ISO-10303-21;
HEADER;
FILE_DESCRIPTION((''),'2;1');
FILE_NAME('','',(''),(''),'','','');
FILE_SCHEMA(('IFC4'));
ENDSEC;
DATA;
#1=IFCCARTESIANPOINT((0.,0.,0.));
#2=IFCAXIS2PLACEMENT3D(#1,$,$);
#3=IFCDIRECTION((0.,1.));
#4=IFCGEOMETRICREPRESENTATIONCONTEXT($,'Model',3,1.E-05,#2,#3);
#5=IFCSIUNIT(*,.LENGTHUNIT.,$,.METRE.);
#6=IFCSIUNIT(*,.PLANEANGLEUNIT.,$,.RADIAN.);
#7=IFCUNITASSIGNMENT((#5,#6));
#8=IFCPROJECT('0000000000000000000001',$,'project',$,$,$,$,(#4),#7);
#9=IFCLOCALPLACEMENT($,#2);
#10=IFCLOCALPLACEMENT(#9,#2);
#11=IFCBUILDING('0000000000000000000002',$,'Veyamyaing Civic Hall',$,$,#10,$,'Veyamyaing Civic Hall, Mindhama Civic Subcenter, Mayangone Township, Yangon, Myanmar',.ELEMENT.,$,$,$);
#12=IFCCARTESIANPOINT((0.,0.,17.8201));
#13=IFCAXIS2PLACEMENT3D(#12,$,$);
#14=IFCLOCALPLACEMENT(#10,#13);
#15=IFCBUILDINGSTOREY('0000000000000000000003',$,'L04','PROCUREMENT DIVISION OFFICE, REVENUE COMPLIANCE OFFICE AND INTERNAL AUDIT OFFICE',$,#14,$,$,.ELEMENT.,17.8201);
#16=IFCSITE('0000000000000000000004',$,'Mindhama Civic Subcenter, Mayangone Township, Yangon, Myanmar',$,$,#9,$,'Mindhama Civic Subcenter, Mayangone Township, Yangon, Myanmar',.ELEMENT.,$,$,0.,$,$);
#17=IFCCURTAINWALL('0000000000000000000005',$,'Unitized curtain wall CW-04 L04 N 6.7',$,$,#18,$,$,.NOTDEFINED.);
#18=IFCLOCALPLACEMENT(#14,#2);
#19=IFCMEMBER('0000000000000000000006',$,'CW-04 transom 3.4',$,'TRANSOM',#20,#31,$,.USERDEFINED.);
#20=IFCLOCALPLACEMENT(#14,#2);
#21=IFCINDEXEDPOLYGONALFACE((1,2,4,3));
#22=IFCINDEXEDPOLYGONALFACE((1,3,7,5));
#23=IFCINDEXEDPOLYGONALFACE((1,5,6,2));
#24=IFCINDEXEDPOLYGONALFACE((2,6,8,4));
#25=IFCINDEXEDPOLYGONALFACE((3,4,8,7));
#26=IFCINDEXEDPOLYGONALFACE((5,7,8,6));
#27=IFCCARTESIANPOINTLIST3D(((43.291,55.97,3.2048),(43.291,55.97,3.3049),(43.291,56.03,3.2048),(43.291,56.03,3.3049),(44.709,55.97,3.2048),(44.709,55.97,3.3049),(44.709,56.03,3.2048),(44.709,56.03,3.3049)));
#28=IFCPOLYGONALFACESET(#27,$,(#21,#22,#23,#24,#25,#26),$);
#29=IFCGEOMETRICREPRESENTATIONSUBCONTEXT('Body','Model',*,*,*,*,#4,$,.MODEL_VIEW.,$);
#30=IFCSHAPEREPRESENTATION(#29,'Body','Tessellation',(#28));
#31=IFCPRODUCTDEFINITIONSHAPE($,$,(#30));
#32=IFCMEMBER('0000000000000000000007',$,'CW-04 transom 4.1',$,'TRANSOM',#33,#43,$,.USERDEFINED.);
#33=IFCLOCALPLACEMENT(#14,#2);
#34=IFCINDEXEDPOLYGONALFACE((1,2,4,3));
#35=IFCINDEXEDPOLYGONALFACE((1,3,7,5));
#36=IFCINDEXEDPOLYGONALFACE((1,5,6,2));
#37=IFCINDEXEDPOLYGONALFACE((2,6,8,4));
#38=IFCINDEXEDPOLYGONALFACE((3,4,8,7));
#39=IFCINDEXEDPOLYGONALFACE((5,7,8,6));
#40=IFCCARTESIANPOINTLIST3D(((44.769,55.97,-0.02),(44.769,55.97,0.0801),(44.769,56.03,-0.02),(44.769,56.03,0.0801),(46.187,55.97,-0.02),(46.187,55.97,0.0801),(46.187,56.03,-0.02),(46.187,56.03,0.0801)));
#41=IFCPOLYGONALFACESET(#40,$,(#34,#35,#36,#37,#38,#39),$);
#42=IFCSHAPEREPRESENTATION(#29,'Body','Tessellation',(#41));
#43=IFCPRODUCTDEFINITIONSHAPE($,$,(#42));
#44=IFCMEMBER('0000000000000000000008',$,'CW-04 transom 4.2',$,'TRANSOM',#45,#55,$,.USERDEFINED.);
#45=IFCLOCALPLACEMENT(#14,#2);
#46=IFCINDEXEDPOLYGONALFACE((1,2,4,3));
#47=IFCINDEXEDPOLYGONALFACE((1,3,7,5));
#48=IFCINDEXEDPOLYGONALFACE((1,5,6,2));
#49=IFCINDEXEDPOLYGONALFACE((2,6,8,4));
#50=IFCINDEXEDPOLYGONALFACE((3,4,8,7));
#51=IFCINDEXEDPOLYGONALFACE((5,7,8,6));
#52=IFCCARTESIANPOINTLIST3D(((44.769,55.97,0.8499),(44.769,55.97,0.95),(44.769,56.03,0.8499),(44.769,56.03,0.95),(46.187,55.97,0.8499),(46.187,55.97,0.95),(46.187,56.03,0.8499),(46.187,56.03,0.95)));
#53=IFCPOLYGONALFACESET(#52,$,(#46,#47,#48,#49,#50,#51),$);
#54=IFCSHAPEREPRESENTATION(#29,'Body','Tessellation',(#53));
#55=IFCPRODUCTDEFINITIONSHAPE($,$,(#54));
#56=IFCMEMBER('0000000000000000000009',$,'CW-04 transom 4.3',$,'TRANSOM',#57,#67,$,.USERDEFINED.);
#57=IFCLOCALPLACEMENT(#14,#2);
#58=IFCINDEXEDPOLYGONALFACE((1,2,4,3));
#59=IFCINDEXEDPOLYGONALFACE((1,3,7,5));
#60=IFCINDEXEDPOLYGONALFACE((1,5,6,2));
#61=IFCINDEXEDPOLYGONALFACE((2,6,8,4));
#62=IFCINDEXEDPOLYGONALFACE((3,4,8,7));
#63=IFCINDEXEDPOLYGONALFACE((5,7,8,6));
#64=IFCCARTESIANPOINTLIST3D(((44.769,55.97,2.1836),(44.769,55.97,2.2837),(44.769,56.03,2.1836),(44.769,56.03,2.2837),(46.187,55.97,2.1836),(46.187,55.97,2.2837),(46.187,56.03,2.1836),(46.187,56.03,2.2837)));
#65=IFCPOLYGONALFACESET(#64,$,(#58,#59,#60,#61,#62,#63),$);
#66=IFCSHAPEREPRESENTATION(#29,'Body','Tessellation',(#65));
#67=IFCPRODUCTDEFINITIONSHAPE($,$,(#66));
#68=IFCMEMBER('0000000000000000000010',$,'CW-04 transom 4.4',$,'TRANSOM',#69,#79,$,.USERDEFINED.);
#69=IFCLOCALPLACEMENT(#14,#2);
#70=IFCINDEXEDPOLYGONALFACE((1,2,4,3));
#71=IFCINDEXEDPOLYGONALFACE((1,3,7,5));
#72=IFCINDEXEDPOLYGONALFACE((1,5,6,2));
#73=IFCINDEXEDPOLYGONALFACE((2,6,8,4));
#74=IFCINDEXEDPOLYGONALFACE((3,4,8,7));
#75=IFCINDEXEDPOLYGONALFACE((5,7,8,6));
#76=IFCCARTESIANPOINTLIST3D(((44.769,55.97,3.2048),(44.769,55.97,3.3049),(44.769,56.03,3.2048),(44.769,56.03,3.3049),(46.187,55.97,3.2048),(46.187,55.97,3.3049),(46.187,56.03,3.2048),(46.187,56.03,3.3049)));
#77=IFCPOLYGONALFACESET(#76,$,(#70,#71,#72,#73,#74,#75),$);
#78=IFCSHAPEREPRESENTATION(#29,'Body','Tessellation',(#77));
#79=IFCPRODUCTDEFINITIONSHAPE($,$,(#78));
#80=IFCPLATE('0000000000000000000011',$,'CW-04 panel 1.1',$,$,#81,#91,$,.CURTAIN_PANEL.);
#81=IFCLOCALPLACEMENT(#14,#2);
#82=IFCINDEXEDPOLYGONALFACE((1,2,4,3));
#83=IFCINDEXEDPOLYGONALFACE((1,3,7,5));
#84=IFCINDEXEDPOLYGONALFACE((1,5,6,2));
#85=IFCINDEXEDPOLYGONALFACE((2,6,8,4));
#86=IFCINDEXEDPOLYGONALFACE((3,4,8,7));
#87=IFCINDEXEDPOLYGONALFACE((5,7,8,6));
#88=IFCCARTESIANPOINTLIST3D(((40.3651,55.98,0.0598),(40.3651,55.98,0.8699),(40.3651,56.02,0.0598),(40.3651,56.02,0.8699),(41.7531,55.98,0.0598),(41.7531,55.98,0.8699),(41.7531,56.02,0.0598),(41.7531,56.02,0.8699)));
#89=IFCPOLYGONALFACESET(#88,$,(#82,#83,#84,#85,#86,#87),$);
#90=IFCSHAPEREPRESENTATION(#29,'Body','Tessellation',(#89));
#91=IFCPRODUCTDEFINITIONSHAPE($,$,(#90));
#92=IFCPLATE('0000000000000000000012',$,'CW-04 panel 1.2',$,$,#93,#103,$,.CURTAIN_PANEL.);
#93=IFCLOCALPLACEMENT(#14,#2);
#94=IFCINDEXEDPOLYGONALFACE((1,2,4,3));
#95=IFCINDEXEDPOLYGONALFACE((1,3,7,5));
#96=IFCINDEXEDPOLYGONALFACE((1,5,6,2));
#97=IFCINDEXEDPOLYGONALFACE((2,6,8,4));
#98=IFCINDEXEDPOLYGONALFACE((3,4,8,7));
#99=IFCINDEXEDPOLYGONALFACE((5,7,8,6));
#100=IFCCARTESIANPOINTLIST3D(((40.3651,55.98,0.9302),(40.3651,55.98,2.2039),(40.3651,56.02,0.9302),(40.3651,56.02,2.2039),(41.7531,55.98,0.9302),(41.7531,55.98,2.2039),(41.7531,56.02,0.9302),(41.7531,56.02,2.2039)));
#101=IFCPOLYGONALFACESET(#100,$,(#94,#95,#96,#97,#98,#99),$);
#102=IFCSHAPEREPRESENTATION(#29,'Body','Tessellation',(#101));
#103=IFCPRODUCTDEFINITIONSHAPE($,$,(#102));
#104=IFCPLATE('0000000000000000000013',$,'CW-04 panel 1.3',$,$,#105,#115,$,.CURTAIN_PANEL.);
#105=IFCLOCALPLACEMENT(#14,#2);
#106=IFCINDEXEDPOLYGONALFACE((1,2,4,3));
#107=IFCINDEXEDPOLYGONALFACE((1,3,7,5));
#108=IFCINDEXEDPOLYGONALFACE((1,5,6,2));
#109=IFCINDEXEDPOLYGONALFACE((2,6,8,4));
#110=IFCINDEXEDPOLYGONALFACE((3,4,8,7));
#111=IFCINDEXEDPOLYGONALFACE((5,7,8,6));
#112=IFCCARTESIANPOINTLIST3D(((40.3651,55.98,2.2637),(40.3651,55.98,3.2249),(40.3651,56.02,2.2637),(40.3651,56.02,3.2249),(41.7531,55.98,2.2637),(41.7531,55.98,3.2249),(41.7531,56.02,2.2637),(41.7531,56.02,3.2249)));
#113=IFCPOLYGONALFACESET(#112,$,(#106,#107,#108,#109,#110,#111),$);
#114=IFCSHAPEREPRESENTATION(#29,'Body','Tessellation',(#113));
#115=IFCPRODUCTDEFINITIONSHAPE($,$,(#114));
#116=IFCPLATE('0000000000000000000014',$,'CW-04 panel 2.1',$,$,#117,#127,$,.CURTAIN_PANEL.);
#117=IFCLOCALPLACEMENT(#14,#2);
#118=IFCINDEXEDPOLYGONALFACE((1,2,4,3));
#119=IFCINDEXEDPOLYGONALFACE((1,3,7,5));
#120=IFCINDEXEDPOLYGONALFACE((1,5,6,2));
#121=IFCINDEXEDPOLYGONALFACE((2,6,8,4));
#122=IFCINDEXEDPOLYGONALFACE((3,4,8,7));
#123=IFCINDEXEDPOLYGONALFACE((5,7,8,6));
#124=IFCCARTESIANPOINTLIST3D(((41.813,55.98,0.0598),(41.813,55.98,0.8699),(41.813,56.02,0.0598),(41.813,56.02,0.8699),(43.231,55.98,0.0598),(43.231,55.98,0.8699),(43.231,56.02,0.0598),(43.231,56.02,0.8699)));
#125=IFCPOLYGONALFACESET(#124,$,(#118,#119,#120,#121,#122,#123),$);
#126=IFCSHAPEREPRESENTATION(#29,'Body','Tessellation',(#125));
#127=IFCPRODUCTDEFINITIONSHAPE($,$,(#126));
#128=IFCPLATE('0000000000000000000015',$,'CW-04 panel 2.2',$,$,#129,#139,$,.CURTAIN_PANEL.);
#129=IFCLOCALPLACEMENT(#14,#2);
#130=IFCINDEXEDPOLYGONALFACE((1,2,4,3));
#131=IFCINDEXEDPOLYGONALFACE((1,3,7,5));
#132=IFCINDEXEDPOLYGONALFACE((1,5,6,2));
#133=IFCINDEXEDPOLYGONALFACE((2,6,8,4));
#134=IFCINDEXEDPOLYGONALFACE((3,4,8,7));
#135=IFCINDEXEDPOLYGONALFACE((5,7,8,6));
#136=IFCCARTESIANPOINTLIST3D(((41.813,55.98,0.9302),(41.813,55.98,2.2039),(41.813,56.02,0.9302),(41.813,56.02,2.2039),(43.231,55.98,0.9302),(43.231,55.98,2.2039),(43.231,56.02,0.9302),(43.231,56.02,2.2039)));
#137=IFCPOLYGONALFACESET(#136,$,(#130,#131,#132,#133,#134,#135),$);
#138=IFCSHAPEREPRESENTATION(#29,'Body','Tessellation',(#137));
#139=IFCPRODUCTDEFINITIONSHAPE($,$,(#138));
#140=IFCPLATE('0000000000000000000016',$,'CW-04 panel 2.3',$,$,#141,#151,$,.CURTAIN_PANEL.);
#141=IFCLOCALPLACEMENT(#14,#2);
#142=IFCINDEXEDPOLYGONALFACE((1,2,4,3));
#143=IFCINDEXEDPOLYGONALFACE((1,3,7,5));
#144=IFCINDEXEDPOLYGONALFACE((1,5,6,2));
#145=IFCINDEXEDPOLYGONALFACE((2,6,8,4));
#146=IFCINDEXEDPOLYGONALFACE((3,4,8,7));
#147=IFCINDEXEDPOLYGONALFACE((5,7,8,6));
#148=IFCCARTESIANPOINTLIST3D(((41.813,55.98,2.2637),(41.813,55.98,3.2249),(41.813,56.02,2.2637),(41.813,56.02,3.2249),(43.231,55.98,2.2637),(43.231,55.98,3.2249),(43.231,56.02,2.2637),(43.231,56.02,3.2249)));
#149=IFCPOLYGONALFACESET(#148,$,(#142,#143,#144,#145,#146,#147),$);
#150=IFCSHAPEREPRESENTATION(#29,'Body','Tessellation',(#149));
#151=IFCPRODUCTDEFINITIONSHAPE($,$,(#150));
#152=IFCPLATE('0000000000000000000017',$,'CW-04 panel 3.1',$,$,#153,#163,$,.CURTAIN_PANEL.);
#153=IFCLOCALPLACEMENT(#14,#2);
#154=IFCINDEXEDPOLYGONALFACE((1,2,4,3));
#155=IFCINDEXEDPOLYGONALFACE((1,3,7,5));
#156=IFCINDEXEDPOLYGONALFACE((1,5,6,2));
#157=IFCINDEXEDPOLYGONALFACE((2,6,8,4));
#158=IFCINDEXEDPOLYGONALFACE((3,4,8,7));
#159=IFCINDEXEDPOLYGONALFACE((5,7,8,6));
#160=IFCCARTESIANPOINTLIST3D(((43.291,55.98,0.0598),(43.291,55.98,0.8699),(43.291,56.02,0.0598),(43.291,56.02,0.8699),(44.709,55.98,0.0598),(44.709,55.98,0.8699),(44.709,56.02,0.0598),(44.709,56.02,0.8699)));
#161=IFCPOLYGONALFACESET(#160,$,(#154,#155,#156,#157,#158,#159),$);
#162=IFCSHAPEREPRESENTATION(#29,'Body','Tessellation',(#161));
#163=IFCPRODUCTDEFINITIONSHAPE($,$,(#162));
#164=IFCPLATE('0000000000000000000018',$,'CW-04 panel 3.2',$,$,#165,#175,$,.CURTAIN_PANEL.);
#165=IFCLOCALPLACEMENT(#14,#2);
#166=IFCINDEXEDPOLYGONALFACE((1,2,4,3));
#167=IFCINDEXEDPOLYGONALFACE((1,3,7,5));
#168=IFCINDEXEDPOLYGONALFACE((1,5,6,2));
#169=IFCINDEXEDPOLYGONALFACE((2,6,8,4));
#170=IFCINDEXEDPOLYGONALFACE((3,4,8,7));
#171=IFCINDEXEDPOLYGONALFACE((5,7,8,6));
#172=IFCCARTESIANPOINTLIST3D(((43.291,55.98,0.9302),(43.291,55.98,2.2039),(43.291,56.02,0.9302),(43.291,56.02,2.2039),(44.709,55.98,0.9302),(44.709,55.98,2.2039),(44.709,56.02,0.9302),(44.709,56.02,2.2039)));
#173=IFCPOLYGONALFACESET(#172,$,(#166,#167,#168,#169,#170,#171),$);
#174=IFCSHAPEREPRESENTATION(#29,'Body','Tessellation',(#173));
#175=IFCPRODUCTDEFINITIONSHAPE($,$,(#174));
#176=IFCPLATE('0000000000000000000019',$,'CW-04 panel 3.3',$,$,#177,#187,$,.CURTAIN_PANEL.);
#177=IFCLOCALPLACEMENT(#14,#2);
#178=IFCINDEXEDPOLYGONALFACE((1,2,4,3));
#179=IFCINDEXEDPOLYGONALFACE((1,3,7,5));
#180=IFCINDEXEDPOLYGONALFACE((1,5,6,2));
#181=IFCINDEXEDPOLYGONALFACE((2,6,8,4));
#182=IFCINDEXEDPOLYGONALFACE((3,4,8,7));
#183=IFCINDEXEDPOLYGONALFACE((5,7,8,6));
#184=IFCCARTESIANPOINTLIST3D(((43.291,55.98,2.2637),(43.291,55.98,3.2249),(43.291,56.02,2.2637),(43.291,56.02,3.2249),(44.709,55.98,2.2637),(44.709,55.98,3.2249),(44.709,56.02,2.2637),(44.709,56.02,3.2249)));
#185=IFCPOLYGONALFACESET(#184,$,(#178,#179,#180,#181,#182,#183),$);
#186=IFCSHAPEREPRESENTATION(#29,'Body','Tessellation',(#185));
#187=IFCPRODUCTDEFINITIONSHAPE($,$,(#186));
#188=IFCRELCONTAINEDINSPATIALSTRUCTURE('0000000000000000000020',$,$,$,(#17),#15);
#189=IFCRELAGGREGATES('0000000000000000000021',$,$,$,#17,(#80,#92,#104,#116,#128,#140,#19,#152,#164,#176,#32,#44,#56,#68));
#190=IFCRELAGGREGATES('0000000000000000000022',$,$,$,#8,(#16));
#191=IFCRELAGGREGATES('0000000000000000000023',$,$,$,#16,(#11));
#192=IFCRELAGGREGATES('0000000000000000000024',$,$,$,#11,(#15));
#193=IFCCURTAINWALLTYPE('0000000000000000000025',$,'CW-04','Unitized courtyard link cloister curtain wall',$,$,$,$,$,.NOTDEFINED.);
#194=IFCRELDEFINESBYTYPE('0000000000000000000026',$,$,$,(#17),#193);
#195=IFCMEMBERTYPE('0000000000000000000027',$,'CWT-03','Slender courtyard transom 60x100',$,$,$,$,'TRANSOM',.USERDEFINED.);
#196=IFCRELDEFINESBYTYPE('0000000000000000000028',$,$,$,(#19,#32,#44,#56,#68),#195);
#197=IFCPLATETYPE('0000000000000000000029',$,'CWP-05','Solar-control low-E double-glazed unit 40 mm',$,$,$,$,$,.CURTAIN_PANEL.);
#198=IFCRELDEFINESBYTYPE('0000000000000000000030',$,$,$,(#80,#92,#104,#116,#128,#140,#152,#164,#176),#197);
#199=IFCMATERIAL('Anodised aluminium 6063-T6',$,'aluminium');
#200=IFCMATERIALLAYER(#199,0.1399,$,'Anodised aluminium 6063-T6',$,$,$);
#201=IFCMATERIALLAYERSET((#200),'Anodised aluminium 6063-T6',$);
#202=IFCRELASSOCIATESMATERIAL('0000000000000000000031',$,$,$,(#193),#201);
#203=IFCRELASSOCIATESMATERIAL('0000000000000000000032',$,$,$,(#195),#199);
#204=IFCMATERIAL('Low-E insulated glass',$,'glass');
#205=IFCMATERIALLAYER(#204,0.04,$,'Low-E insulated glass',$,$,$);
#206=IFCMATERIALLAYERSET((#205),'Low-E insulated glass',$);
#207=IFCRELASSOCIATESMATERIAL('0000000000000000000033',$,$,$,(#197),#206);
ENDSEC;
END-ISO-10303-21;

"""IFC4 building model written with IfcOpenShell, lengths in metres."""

from ifc_helpers import new_model, si_unit, direction, frame, origin, origin_2d, place, context, subcontext, project, spatial, rectangle, extrude, material, layer, layer_set, material_profile, profile_set, type_object, element, aggregate, save


model = new_model("IFC4")

# Units and contexts
model_context = context("Model", 3, precision=1e-05, world=origin(), true_north=direction((0.0, 1.0)))
body_context = subcontext(model_context, "Body", "Model", "MODEL_VIEW")
ifc_project = project(units=[si_unit("LENGTHUNIT", "METRE"), si_unit("PLANEANGLEUNIT", "RADIAN")], contexts=[model_context])

# Site, building, storey
site_placement = place(None, origin())
site = spatial("IfcSite", under=ifc_project, at=site_placement, Name="Mindhama Civic Subcenter, Mayangone Township, Yangon, Myanmar", LongName="Mindhama Civic Subcenter, Mayangone Township, Yangon, Myanmar", CompositionType="ELEMENT", RefElevation=0.0)
building_placement = place(site_placement, origin())
building = spatial("IfcBuilding", under=site, at=building_placement, Name="Veyamyaing Civic Hall", LongName="Veyamyaing Civic Hall, Mindhama Civic Subcenter, Mayangone Township, Yangon, Myanmar", CompositionType="ELEMENT")
storey_placement = place(building_placement, frame((0.0, 0.0, 17.8201)))
storey = spatial("IfcBuildingStorey", under=building, at=storey_placement, Name="L04", Description="PROCUREMENT DIVISION OFFICE, REVENUE COMPLIANCE OFFICE AND INTERNAL AUDIT OFFICE", CompositionType="ELEMENT", Elevation=17.8201)

# Curtain wall
ifc_material_1 = material(Name="Anodised aluminium 6063-T6", Category="aluminium")
ifc_layer_1 = layer(ifc_material_1, 0.1399, Name="Anodised aluminium 6063-T6")
ifc_layer_set_1 = layer_set([ifc_layer_1], Name="Anodised aluminium 6063-T6")
curtain_wall_type = type_object("IfcCurtainWallType", Name="CW-04", Description="Unitized courtyard link cloister curtain wall", PredefinedType="NOTDEFINED", material=ifc_layer_set_1)
curtain_wall_1_placement = place(storey_placement, origin())
curtain_wall_1 = element("IfcCurtainWall", 1, at=curtain_wall_1_placement, inside=storey, type_object=curtain_wall_type, Name="Unitized curtain wall CW-04 L04 N 6.7", PredefinedType="NOTDEFINED")

# Shared definitions
ifc_material_profile_1 = material_profile(ifc_material_1, rectangle(XDim=0.0601, YDim=0.1001, at=origin_2d()), Name="ALU-TRN-60X100")
ifc_profile_set_1 = profile_set([ifc_material_profile_1], Name="Anodised aluminium 6063-T6")
member_type_1 = type_object("IfcMemberType", Name="CWT-03", Description="Slender courtyard transom 60x100", ElementType="TRANSOM", PredefinedType="USERDEFINED", material=ifc_profile_set_1)

# Members
member_1_placement = place(storey_placement, frame((43.291, 56.0, 3.2549), z_axis=(1.0, 0.0, 0.0), x_axis=(0.0, 1.0, 0.0)))
member_1 = element("IfcMember", 2, at=member_1_placement, type_object=member_type_1, Name="CW-04 transom 3.4", ObjectType="TRANSOM", PredefinedType="USERDEFINED", context=body_context, shape_type="SweptSolid", body=[
    extrude(rectangle(XDim=0.0601, YDim=0.1001, at=origin_2d()), origin(), (0.0, 0.0, 1.0), 1.418),
])
member_2_placement = place(storey_placement, frame((44.769, 56.0, 0.03), z_axis=(1.0, 0.0, 0.0), x_axis=(0.0, 1.0, 0.0)))
member_2 = element("IfcMember", 3, at=member_2_placement, type_object=member_type_1, Name="CW-04 transom 4.1", ObjectType="TRANSOM", PredefinedType="USERDEFINED", context=body_context, shape_type="SweptSolid", body=[
    extrude(rectangle(XDim=0.0601, YDim=0.1001, at=origin_2d()), origin(), (0.0, 0.0, 1.0), 1.418),
])
member_3_placement = place(storey_placement, frame((44.769, 56.0, 0.8999), z_axis=(1.0, 0.0, 0.0), x_axis=(0.0, 1.0, 0.0)))
member_3 = element("IfcMember", 4, at=member_3_placement, type_object=member_type_1, Name="CW-04 transom 4.2", ObjectType="TRANSOM", PredefinedType="USERDEFINED", context=body_context, shape_type="SweptSolid", body=[
    extrude(rectangle(XDim=0.0601, YDim=0.1001, at=origin_2d()), origin(), (0.0, 0.0, 1.0), 1.418),
])
member_4_placement = place(storey_placement, frame((44.769, 56.0, 2.2336), z_axis=(1.0, 0.0, 0.0), x_axis=(0.0, 1.0, 0.0)))
member_4 = element("IfcMember", 5, at=member_4_placement, type_object=member_type_1, Name="CW-04 transom 4.3", ObjectType="TRANSOM", PredefinedType="USERDEFINED", context=body_context, shape_type="SweptSolid", body=[
    extrude(rectangle(XDim=0.0601, YDim=0.1001, at=origin_2d()), origin(), (0.0, 0.0, 1.0), 1.418),
])
member_5_placement = place(storey_placement, frame((44.769, 56.0, 3.2549), z_axis=(1.0, 0.0, 0.0), x_axis=(0.0, 1.0, 0.0)))
member_5 = element("IfcMember", 6, at=member_5_placement, type_object=member_type_1, Name="CW-04 transom 4.4", ObjectType="TRANSOM", PredefinedType="USERDEFINED", context=body_context, shape_type="SweptSolid", body=[
    extrude(rectangle(XDim=0.0601, YDim=0.1001, at=origin_2d()), origin(), (0.0, 0.0, 1.0), 1.418),
])

# Plates
ifc_material_2 = material(Name="Low-E insulated glass", Category="glass")
ifc_layer_2 = layer(ifc_material_2, 0.04, Name="Low-E insulated glass")
ifc_layer_set_2 = layer_set([ifc_layer_2], Name="Low-E insulated glass")
plate_type = type_object("IfcPlateType", Name="CWP-05", Description="Solar-control low-E double-glazed unit 40 mm", PredefinedType="CURTAIN_PANEL", material=ifc_layer_set_2)
plate_1_placement = place(storey_placement, frame((41.0591, 56.0, 0.0598), z_axis=(0.0, 0.0, 1.0), x_axis=(1.0, 0.0, 0.0)))
plate_1 = element("IfcPlate", 7, at=plate_1_placement, type_object=plate_type, Name="CW-04 panel 1.1", PredefinedType="CURTAIN_PANEL", context=body_context, shape_type="SweptSolid", body=[
    extrude(rectangle(XDim=1.3879, YDim=0.04, at=origin_2d()), origin(), (0.0, 0.0, 1.0), 0.8101),
])
plate_2_placement = place(storey_placement, frame((41.0591, 56.0, 0.9302), z_axis=(0.0, 0.0, 1.0), x_axis=(1.0, 0.0, 0.0)))
plate_2 = element("IfcPlate", 8, at=plate_2_placement, type_object=plate_type, Name="CW-04 panel 1.2", PredefinedType="CURTAIN_PANEL", context=body_context, shape_type="SweptSolid", body=[
    extrude(rectangle(XDim=1.3879, YDim=0.04, at=origin_2d()), origin(), (0.0, 0.0, 1.0), 1.2737),
])
plate_3_placement = place(storey_placement, frame((41.0591, 56.0, 2.2637), z_axis=(0.0, 0.0, 1.0), x_axis=(1.0, 0.0, 0.0)))
plate_3 = element("IfcPlate", 9, at=plate_3_placement, type_object=plate_type, Name="CW-04 panel 1.3", PredefinedType="CURTAIN_PANEL", context=body_context, shape_type="SweptSolid", body=[
    extrude(rectangle(XDim=1.3879, YDim=0.04, at=origin_2d()), origin(), (0.0, 0.0, 1.0), 0.9612),
])
plate_4_placement = place(storey_placement, frame((42.522, 56.0, 0.0598), z_axis=(0.0, 0.0, 1.0), x_axis=(1.0, 0.0, 0.0)))
plate_4 = element("IfcPlate", 10, at=plate_4_placement, type_object=plate_type, Name="CW-04 panel 2.1", PredefinedType="CURTAIN_PANEL", context=body_context, shape_type="SweptSolid", body=[
    extrude(rectangle(XDim=1.418, YDim=0.04, at=origin_2d()), origin(), (0.0, 0.0, 1.0), 0.8101),
])
plate_5_placement = place(storey_placement, frame((42.522, 56.0, 0.9302), z_axis=(0.0, 0.0, 1.0), x_axis=(1.0, 0.0, 0.0)))
plate_5 = element("IfcPlate", 11, at=plate_5_placement, type_object=plate_type, Name="CW-04 panel 2.2", PredefinedType="CURTAIN_PANEL", context=body_context, shape_type="SweptSolid", body=[
    extrude(rectangle(XDim=1.418, YDim=0.04, at=origin_2d()), origin(), (0.0, 0.0, 1.0), 1.2737),
])
plate_6_placement = place(storey_placement, frame((42.522, 56.0, 2.2637), z_axis=(0.0, 0.0, 1.0), x_axis=(1.0, 0.0, 0.0)))
plate_6 = element("IfcPlate", 12, at=plate_6_placement, type_object=plate_type, Name="CW-04 panel 2.3", PredefinedType="CURTAIN_PANEL", context=body_context, shape_type="SweptSolid", body=[
    extrude(rectangle(XDim=1.418, YDim=0.04, at=origin_2d()), origin(), (0.0, 0.0, 1.0), 0.9612),
])
plate_7_placement = place(storey_placement, frame((44.0, 56.0, 0.0598), z_axis=(0.0, 0.0, 1.0), x_axis=(1.0, 0.0, 0.0)))
plate_7 = element("IfcPlate", 13, at=plate_7_placement, type_object=plate_type, Name="CW-04 panel 3.1", PredefinedType="CURTAIN_PANEL", context=body_context, shape_type="SweptSolid", body=[
    extrude(rectangle(XDim=1.418, YDim=0.04, at=origin_2d()), origin(), (0.0, 0.0, 1.0), 0.8101),
])
plate_8_placement = place(storey_placement, frame((44.0, 56.0, 0.9302), z_axis=(0.0, 0.0, 1.0), x_axis=(1.0, 0.0, 0.0)))
plate_8 = element("IfcPlate", 14, at=plate_8_placement, type_object=plate_type, Name="CW-04 panel 3.2", PredefinedType="CURTAIN_PANEL", context=body_context, shape_type="SweptSolid", body=[
    extrude(rectangle(XDim=1.418, YDim=0.04, at=origin_2d()), origin(), (0.0, 0.0, 1.0), 1.2737),
])
plate_9_placement = place(storey_placement, frame((44.0, 56.0, 2.2637), z_axis=(0.0, 0.0, 1.0), x_axis=(1.0, 0.0, 0.0)))
plate_9 = element("IfcPlate", 15, at=plate_9_placement, type_object=plate_type, Name="CW-04 panel 3.3", PredefinedType="CURTAIN_PANEL", context=body_context, shape_type="SweptSolid", body=[
    extrude(rectangle(XDim=1.418, YDim=0.04, at=origin_2d()), origin(), (0.0, 0.0, 1.0), 0.9612),
])
aggregate(curtain_wall_1, [plate_1, plate_2, plate_3, plate_4, plate_5, plate_6, member_1, plate_7, plate_8, plate_9, member_2, member_3, member_4, member_5])

save(model, "model.ifc")
